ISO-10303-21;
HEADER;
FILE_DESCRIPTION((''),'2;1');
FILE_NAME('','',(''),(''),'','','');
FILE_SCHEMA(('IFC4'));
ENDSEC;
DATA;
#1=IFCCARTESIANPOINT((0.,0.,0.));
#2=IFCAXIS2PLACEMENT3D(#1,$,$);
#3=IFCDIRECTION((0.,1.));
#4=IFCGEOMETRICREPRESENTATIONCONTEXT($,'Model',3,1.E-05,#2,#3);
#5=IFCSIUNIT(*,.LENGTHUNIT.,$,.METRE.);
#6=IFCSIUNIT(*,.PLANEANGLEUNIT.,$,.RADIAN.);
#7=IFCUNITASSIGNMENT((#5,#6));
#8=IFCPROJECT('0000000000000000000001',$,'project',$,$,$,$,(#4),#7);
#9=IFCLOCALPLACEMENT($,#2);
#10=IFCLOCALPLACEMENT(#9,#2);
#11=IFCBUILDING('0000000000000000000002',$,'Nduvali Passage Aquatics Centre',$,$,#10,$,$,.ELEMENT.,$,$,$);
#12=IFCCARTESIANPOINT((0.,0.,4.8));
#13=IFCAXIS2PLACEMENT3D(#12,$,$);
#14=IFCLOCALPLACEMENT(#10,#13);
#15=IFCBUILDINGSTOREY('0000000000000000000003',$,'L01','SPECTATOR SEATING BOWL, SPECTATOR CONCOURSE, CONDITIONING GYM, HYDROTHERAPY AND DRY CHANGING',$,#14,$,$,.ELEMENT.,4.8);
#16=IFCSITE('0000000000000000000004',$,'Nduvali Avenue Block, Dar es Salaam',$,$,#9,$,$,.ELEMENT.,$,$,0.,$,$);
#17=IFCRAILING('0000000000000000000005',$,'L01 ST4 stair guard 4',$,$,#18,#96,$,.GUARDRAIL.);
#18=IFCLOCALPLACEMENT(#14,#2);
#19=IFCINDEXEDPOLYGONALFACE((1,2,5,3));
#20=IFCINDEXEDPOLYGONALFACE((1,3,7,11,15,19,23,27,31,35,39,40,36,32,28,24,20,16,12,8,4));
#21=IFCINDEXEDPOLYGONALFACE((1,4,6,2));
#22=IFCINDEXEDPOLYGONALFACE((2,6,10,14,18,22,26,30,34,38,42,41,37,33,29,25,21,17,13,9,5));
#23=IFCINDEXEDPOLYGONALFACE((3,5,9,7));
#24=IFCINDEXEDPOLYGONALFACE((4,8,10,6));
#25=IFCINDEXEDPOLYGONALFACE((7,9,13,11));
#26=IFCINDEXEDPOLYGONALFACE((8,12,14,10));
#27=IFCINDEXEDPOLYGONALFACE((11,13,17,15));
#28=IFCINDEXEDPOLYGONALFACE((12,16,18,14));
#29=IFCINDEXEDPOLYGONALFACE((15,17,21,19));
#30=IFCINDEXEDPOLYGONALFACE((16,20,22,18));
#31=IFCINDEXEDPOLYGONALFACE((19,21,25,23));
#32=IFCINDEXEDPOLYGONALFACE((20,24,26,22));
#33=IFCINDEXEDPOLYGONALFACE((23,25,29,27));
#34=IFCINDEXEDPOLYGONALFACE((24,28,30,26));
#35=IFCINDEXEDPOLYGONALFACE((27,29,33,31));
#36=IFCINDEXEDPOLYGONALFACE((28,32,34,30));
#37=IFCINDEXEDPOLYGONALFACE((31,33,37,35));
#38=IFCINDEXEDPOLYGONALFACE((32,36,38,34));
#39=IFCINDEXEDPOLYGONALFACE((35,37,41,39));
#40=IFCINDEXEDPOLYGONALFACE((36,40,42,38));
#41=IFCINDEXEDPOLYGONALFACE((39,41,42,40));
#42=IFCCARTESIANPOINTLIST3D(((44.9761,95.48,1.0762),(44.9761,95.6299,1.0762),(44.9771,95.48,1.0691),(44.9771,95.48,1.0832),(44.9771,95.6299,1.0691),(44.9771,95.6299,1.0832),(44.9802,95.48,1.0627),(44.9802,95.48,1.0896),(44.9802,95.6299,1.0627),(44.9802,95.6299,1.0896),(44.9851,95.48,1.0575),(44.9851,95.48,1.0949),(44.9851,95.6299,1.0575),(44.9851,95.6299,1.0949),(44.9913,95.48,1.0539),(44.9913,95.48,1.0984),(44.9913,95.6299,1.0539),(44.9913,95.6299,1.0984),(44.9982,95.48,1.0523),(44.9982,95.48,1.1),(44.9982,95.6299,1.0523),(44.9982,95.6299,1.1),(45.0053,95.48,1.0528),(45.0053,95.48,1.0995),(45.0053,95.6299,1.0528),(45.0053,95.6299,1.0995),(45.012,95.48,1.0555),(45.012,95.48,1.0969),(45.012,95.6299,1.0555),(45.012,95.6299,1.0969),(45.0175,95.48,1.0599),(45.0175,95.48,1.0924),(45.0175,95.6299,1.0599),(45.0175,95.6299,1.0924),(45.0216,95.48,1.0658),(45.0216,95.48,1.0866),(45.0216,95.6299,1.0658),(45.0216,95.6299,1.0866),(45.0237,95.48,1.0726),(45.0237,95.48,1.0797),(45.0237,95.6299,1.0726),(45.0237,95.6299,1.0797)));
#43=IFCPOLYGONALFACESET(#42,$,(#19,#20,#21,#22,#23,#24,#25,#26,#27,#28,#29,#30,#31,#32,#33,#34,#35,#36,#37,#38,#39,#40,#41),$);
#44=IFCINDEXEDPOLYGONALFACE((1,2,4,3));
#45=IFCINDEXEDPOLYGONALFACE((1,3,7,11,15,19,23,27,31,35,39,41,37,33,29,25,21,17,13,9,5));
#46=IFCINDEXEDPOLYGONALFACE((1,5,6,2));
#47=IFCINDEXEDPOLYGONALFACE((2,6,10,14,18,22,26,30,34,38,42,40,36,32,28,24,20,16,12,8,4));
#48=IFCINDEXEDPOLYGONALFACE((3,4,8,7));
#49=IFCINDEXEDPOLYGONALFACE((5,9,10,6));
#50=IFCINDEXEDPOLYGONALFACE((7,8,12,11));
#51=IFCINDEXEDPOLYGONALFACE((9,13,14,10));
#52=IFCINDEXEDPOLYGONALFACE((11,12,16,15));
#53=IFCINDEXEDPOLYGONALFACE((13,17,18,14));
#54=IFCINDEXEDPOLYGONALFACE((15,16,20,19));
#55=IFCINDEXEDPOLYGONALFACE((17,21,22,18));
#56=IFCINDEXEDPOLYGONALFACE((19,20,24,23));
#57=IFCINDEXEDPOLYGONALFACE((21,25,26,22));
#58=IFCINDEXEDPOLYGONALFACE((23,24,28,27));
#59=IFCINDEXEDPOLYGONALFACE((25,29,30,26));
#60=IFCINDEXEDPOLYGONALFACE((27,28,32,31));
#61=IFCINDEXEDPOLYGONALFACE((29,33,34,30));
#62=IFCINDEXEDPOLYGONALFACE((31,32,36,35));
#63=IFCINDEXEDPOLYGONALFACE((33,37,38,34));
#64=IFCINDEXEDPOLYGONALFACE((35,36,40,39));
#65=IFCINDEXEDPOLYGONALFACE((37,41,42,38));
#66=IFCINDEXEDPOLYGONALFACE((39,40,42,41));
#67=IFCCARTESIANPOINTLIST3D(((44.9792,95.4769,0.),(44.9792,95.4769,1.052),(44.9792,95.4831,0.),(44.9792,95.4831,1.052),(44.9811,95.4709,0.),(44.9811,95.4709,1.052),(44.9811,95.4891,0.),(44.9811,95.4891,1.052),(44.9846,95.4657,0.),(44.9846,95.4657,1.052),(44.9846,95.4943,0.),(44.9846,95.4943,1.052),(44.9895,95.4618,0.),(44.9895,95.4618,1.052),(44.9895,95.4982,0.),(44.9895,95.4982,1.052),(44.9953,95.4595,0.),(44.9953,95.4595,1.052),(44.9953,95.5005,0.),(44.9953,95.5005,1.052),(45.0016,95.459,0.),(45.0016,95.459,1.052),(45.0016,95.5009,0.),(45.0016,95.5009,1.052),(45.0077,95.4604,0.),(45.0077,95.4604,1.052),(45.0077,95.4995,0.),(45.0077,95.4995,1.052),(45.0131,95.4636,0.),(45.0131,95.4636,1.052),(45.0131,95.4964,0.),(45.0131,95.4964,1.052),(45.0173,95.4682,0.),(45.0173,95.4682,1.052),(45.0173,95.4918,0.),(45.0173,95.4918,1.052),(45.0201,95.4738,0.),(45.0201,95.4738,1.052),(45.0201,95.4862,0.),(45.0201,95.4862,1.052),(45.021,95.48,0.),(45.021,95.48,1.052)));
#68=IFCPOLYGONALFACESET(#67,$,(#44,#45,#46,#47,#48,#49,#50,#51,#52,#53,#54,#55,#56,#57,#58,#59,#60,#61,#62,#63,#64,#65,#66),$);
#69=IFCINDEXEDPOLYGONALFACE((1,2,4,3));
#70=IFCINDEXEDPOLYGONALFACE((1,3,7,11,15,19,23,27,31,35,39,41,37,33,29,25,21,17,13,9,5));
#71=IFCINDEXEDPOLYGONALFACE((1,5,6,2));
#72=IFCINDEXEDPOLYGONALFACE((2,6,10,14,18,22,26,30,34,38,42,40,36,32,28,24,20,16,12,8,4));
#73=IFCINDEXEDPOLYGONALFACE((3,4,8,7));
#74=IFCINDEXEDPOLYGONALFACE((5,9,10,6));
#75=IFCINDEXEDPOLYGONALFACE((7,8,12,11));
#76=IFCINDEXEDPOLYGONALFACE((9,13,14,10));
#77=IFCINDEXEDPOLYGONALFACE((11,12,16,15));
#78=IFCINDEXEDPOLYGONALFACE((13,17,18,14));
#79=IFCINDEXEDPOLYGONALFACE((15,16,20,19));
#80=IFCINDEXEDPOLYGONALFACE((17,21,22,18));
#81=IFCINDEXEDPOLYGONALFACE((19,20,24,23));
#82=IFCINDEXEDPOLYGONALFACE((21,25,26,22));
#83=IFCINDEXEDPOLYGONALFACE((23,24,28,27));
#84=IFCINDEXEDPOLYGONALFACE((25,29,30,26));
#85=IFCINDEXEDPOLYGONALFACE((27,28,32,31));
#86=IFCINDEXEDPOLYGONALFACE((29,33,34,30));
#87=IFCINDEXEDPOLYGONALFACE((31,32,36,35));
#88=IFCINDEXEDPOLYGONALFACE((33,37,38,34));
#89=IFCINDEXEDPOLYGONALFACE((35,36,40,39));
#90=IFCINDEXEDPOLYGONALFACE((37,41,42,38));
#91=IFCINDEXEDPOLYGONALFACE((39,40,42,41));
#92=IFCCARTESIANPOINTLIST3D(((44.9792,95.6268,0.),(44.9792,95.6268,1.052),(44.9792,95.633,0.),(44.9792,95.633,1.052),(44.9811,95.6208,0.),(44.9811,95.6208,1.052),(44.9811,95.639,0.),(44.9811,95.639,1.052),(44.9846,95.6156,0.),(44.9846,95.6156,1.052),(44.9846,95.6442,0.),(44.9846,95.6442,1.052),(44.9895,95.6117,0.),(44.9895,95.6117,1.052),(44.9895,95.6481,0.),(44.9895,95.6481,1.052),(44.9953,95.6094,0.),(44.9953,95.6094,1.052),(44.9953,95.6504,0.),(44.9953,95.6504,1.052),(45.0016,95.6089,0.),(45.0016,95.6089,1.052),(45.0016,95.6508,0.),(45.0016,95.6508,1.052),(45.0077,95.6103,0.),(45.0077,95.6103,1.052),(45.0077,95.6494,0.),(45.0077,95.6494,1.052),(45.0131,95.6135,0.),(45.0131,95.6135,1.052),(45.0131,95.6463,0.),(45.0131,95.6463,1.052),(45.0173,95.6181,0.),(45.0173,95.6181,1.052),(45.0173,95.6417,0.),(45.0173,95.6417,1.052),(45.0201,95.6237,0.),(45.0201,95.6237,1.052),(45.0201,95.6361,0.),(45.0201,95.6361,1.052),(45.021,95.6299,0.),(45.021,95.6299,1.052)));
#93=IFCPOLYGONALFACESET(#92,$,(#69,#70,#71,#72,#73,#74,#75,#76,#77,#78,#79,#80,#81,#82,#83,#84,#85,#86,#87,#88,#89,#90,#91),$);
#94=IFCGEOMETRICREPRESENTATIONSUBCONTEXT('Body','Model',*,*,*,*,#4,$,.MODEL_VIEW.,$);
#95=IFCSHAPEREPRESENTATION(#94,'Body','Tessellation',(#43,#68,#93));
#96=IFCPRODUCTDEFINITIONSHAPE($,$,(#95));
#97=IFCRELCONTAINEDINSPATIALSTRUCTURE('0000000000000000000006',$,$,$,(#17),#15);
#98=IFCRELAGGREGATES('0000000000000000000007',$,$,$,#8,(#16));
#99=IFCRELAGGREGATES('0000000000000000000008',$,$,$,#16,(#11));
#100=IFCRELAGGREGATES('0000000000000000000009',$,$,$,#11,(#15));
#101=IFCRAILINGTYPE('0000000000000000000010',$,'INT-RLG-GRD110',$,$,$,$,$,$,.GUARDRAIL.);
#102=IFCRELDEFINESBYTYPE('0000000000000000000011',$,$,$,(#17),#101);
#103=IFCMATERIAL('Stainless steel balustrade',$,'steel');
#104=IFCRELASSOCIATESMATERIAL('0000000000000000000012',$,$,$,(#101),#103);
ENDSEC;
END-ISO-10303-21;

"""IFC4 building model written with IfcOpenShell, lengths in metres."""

from ifc_helpers import new_model, si_unit, direction, frame, origin, origin_2d, place, context, subcontext, project, spatial, circle, extrude, material, type_object, element, save


model = new_model("IFC4")

# Units and contexts
model_context = context("Model", 3, precision=1e-05, world=origin(), true_north=direction((0.0, 1.0)))
body_context = subcontext(model_context, "Body", "Model", "MODEL_VIEW")
ifc_project = project(units=[si_unit("LENGTHUNIT", "METRE"), si_unit("PLANEANGLEUNIT", "RADIAN")], contexts=[model_context])

# Site, building, storey
site_placement = place(None, origin())
site = spatial("IfcSite", under=ifc_project, at=site_placement, Name="Nduvali Avenue Block, Dar es Salaam", CompositionType="ELEMENT", RefElevation=0.0)
building_placement = place(site_placement, origin())
building = spatial("IfcBuilding", under=site, at=building_placement, Name="Nduvali Passage Aquatics Centre", CompositionType="ELEMENT")
storey_placement = place(building_placement, frame((0.0, 0.0, 4.8)))
storey = spatial("IfcBuildingStorey", under=building, at=storey_placement, Name="L01", Description="SPECTATOR SEATING BOWL, SPECTATOR CONCOURSE, CONDITIONING GYM, HYDROTHERAPY AND DRY CHANGING", CompositionType="ELEMENT", Elevation=4.8)

# Railing
ifc_material_1 = material(Name="Stainless steel balustrade", Category="steel")
railing_type_1 = type_object("IfcRailingType", Name="INT-RLG-GRD110", PredefinedType="GUARDRAIL", material=ifc_material_1)
railing_1_placement = place(storey_placement, frame((45.0, 95.48, 0.0)))
element("IfcRailing", 1, at=railing_1_placement, inside=storey, type_object=railing_type_1, Name="L01 ST4 stair guard 4", PredefinedType="GUARDRAIL", context=body_context, shape_type="SweptSolid", body=[
    extrude(circle(Radius=0.0239, at=origin_2d()), frame((0.0, 0.0, 1.0762), z_axis=(0.0, 1.0, 0.0), x_axis=(-1.0, 0.0, 0.0)), (0.0, 0.0, 1.0), 0.1499),
    extrude(circle(Radius=0.021, at=origin_2d()), origin(), (0.0, 0.0, 1.0), 1.052),
    extrude(circle(Radius=0.021, at=origin_2d()), frame((0.0, 0.1499, 0.0)), (0.0, 0.0, 1.0), 1.052),
])

save(model, "model.ifc")
